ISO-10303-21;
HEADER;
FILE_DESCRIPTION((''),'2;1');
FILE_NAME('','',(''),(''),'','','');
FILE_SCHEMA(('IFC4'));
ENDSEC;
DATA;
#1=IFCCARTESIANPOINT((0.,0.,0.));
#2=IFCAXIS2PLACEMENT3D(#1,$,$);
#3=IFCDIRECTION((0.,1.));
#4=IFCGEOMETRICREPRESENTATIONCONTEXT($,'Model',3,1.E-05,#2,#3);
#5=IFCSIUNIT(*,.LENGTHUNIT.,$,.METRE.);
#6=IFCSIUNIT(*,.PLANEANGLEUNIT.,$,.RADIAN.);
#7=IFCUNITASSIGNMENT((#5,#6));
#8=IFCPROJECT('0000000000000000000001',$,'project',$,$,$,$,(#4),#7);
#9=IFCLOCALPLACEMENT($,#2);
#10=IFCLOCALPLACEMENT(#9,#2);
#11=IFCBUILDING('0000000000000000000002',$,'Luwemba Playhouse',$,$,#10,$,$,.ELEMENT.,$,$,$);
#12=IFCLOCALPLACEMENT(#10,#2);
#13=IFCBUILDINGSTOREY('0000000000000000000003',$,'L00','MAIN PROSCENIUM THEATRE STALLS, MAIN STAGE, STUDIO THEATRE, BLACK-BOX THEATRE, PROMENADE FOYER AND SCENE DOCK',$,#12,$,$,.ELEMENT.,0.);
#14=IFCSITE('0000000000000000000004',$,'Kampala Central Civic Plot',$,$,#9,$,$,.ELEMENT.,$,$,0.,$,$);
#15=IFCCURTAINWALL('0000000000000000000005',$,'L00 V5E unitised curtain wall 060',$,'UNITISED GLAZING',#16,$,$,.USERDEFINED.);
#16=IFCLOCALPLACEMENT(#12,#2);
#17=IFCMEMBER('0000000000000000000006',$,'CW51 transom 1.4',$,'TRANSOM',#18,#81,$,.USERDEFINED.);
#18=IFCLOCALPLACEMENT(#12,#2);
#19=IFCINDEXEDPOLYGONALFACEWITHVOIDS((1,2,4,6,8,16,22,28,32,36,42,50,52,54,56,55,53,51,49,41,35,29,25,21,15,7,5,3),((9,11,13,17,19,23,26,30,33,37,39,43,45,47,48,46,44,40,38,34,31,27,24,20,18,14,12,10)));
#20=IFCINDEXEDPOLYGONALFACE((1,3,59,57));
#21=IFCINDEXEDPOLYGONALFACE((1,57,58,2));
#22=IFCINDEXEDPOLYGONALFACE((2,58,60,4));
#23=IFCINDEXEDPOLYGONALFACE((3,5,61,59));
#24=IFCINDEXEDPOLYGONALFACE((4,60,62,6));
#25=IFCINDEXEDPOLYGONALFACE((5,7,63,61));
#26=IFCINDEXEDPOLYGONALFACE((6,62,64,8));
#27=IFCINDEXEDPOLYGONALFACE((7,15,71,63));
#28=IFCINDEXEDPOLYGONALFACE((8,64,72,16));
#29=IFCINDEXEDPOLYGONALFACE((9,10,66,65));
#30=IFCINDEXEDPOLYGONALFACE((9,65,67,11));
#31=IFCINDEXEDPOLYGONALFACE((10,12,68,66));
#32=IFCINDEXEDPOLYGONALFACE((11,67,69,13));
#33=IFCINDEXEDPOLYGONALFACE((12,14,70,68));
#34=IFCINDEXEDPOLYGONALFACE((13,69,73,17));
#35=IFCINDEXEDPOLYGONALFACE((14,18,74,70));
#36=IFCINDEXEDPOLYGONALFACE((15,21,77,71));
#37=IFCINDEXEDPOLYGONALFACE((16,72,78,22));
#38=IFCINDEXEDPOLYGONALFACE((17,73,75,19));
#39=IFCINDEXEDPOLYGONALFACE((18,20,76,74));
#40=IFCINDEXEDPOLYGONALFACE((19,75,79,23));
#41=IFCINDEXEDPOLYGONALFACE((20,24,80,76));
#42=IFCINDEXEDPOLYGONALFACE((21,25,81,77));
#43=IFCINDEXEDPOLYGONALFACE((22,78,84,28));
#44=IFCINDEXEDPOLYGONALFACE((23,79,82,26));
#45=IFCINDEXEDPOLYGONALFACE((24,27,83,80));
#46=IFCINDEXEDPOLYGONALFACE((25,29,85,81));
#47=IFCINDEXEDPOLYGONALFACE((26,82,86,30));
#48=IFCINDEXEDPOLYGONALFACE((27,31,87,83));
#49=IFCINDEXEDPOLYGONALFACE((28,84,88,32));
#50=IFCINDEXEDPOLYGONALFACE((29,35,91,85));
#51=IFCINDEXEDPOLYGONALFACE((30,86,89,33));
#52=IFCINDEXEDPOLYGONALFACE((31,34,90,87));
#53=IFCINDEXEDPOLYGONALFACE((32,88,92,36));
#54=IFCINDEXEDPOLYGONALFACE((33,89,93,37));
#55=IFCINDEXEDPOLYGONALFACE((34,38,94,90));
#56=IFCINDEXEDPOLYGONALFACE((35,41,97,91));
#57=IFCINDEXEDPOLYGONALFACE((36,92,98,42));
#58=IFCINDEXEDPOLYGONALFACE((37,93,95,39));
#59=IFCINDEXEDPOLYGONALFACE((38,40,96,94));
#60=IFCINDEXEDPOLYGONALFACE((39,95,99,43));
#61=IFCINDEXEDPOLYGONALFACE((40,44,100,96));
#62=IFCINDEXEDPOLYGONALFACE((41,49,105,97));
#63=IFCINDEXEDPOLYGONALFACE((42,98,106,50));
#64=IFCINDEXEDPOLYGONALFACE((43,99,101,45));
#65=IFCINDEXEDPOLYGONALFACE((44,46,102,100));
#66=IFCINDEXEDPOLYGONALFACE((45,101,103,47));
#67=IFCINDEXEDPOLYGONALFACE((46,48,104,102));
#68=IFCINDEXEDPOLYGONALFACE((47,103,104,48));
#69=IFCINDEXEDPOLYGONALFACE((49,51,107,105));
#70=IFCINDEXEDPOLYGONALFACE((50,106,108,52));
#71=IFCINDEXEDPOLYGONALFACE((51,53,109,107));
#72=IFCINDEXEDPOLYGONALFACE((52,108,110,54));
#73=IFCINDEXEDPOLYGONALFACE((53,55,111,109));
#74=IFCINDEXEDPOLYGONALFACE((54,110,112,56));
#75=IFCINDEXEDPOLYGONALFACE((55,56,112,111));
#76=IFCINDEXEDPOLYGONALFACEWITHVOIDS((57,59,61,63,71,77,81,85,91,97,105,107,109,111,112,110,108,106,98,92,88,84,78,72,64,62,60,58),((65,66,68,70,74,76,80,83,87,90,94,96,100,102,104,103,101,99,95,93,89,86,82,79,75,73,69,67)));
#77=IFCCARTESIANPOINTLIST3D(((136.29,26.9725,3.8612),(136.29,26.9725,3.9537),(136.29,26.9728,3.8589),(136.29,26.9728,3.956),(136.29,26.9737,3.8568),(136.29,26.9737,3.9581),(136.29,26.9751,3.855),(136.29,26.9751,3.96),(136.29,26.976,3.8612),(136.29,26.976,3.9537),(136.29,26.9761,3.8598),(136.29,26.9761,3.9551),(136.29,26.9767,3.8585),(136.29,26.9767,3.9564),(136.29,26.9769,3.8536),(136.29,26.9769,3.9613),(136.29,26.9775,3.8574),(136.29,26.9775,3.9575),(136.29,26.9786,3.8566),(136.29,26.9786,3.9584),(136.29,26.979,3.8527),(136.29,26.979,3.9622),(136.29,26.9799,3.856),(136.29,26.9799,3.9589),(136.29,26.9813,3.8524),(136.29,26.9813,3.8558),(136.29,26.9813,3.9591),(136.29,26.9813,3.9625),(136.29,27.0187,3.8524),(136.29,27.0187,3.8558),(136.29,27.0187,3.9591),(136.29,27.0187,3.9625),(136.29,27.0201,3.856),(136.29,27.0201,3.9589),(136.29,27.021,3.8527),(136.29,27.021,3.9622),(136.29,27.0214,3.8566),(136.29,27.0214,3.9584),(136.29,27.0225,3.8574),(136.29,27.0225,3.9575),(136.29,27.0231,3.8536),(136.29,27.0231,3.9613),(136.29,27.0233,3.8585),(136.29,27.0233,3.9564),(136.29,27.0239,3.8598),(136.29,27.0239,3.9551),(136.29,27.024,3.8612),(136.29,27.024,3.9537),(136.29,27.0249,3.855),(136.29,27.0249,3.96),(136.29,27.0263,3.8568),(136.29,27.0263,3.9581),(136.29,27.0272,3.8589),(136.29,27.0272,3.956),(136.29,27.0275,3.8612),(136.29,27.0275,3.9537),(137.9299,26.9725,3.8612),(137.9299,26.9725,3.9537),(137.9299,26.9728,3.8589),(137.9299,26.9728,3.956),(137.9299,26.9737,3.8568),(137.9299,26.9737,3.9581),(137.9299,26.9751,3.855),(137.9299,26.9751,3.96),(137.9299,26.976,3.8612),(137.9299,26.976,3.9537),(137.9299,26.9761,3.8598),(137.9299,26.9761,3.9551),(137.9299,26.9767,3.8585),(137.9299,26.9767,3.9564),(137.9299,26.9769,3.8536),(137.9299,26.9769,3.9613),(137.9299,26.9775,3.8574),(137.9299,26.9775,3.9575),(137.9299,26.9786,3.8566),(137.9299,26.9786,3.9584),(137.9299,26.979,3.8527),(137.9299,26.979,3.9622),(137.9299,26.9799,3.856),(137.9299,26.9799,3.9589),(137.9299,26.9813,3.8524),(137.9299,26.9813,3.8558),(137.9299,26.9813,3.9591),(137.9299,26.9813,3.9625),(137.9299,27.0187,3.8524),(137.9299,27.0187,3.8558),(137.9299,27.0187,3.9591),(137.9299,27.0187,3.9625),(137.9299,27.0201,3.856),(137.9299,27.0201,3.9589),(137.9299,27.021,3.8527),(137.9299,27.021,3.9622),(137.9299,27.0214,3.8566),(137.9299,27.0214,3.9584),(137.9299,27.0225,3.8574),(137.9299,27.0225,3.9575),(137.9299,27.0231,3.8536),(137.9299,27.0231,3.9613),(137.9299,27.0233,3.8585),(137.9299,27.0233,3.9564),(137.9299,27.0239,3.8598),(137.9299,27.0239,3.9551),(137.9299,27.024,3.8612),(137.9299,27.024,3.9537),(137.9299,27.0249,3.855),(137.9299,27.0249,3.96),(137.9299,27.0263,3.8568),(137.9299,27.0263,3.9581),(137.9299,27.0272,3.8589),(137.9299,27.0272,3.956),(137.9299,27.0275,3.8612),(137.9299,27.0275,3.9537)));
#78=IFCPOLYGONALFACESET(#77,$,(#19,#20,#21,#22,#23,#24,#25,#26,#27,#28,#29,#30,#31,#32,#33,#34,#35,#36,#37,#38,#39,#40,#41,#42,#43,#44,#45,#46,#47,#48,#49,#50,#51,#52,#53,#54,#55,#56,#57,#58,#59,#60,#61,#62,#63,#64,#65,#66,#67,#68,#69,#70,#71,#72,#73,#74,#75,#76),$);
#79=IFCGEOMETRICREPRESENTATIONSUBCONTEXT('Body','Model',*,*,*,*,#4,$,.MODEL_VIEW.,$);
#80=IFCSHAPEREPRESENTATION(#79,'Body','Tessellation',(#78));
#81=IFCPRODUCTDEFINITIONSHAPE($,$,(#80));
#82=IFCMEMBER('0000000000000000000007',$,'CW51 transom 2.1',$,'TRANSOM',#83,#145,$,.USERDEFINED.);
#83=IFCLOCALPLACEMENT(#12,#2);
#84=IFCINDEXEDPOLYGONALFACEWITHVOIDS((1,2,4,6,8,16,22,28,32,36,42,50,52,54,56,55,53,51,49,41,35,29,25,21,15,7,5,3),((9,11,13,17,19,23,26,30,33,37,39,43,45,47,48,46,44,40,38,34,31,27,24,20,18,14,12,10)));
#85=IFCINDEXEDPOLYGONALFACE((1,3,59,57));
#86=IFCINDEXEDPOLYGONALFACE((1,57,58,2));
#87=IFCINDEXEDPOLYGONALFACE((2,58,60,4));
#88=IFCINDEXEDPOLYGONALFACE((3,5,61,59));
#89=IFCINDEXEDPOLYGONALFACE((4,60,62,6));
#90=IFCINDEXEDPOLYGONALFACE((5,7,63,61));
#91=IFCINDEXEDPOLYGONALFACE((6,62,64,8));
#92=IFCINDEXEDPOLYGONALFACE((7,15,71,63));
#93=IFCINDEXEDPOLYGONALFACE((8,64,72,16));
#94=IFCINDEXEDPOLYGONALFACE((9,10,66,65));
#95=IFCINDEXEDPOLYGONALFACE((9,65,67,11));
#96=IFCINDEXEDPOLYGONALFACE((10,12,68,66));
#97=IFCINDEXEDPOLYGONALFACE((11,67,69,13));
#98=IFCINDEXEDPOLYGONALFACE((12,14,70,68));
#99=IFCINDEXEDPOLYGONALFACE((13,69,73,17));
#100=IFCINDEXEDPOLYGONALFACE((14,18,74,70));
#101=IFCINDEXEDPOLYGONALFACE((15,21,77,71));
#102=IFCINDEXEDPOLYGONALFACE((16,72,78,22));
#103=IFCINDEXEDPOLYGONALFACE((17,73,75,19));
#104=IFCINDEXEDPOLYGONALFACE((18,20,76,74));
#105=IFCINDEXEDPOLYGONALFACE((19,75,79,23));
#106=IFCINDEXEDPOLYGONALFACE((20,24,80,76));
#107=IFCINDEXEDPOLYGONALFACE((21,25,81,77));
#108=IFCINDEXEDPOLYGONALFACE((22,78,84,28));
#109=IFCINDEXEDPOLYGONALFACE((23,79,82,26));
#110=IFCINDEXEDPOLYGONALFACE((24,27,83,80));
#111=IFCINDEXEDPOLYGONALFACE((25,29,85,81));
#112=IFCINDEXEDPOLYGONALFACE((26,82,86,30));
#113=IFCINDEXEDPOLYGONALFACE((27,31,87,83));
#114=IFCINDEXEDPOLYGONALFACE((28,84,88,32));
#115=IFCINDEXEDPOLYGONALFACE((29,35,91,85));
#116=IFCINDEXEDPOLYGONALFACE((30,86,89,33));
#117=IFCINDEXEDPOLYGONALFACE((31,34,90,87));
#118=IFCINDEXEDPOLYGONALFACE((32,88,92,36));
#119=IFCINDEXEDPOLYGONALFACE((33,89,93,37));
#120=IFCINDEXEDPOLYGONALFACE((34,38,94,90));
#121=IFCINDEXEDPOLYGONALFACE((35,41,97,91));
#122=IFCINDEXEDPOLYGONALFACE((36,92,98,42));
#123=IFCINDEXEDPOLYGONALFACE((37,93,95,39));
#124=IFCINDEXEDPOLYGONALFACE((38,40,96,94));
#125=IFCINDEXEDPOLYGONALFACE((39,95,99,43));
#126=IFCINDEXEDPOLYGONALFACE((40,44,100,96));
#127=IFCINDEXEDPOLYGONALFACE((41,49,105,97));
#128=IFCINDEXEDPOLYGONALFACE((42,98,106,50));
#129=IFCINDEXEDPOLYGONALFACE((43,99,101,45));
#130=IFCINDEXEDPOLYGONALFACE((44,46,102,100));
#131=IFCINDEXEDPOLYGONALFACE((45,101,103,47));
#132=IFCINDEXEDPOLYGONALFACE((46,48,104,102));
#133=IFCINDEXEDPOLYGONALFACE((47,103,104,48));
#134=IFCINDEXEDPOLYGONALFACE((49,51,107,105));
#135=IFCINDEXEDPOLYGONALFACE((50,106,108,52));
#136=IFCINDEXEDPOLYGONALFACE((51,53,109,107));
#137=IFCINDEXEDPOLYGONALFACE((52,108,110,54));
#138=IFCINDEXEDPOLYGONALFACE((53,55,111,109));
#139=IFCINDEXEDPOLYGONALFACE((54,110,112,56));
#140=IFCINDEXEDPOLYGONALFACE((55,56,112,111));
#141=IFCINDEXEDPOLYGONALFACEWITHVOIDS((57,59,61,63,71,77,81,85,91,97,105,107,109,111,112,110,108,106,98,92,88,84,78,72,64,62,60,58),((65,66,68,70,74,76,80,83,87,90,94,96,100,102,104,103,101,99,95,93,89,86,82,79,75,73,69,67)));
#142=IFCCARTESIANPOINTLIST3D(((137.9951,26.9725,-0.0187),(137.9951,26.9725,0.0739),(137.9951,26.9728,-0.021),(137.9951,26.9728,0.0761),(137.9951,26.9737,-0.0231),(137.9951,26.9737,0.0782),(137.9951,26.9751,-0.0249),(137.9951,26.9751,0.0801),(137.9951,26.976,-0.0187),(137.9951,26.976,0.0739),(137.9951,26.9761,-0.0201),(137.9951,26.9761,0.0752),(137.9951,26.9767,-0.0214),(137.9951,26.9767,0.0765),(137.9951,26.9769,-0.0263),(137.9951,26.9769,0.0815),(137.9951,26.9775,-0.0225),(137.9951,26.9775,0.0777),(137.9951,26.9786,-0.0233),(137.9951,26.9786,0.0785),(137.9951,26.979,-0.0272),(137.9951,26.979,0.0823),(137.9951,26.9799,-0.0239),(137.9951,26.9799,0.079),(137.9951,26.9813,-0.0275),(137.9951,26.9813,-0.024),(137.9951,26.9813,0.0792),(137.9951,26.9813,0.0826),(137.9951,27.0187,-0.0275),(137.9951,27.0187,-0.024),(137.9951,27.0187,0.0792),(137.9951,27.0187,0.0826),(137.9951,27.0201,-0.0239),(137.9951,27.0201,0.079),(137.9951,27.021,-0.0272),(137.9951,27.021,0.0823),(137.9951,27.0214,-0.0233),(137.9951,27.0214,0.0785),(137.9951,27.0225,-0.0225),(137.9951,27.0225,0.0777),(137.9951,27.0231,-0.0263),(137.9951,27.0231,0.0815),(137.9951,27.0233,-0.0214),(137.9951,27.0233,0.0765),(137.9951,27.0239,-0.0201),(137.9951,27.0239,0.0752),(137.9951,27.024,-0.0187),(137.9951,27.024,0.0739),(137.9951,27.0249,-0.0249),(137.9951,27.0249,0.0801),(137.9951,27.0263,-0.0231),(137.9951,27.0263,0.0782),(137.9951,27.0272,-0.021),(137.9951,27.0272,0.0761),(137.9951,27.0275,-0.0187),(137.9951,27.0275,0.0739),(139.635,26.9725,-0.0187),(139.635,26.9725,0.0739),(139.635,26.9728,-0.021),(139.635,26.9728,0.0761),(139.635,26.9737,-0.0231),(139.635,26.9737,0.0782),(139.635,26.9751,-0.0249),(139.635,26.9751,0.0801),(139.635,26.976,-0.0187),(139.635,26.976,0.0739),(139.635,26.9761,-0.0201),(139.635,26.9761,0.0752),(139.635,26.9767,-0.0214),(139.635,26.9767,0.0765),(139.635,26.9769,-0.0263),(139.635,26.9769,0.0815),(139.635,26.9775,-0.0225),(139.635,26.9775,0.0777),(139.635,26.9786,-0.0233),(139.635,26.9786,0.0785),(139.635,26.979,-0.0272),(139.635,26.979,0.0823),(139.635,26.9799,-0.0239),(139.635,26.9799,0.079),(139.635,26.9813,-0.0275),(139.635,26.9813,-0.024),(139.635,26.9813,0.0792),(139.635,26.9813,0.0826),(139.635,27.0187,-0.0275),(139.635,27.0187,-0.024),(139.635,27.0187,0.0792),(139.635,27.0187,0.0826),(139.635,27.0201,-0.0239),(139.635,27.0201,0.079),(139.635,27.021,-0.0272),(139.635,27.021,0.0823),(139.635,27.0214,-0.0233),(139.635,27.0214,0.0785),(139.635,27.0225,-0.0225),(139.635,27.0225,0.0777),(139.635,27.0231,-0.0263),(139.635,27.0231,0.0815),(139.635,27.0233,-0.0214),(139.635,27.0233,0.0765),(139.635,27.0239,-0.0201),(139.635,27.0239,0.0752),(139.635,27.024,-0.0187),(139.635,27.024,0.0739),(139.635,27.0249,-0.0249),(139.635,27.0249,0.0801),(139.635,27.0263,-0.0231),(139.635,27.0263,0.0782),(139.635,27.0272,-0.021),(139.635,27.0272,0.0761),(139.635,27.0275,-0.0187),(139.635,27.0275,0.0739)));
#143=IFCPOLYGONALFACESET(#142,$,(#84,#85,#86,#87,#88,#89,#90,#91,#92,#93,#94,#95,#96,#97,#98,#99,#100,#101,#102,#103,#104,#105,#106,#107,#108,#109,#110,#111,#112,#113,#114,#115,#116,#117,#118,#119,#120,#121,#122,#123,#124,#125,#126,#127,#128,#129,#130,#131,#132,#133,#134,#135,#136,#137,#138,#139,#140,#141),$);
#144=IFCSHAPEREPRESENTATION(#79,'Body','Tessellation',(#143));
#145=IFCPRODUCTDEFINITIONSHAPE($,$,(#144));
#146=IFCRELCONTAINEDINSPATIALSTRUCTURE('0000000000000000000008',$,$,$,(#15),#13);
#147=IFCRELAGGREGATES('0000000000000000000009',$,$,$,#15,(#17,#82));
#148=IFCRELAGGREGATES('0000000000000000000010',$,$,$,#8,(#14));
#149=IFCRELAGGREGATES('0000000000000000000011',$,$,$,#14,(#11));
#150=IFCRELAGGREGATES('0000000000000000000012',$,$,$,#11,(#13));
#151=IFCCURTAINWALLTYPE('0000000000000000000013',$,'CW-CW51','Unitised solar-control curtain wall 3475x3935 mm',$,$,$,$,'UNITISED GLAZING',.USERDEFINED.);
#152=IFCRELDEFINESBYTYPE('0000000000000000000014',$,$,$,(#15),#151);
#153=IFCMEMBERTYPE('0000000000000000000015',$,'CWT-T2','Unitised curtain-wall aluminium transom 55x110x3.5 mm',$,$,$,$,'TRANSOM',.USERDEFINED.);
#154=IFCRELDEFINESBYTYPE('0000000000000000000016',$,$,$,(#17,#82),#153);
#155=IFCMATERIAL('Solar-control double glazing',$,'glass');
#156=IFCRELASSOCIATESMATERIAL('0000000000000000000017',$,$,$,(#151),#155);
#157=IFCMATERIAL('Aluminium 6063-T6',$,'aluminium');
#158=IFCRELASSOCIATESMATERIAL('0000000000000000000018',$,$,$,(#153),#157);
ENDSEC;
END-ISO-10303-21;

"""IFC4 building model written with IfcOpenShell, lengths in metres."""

from ifc_helpers import new_model, si_unit, direction, frame, origin, origin_2d, place, context, subcontext, project, spatial, hollow_rectangle, extrude, material, material_profile, profile_set, type_object, element, aggregate, save


model = new_model("IFC4")

# Units and contexts
model_context = context("Model", 3, precision=1e-05, world=origin(), true_north=direction((0.0, 1.0)))
body_context = subcontext(model_context, "Body", "Model", "MODEL_VIEW")
ifc_project = project(units=[si_unit("LENGTHUNIT", "METRE"), si_unit("PLANEANGLEUNIT", "RADIAN")], contexts=[model_context])

# Site, building, storey
site_placement = place(None, origin())
site = spatial("IfcSite", under=ifc_project, at=site_placement, Name="Kampala Central Civic Plot", CompositionType="ELEMENT", RefElevation=0.0)
building_placement = place(site_placement, origin())
building = spatial("IfcBuilding", under=site, at=building_placement, Name="Luwemba Playhouse", CompositionType="ELEMENT")
storey_placement = place(building_placement, origin())
storey = spatial("IfcBuildingStorey", under=building, at=storey_placement, Name="L00", Description="MAIN PROSCENIUM THEATRE STALLS, MAIN STAGE, STUDIO THEATRE, BLACK-BOX THEATRE, PROMENADE FOYER AND SCENE DOCK", CompositionType="ELEMENT", Elevation=0.0)

# Curtain wall
ifc_material_1 = material(Name="Solar-control double glazing", Category="glass")
curtain_wall_type_1 = type_object("IfcCurtainWallType", Name="CW-CW51", Description="Unitised solar-control curtain wall 3475x3935 mm", ElementType="UNITISED GLAZING", PredefinedType="USERDEFINED", material=ifc_material_1)
curtain_wall_1_placement = place(storey_placement, origin())
curtain_wall_1 = element("IfcCurtainWall", 1, at=curtain_wall_1_placement, inside=storey, type_object=curtain_wall_type_1, Name="L00 V5E unitised curtain wall 060", ObjectType="UNITISED GLAZING", PredefinedType="USERDEFINED")
ifc_material_2 = material(Name="Aluminium 6063-T6", Category="aluminium")

# Members
ifc_material_profile_1 = material_profile(ifc_material_2, hollow_rectangle(XDim=0.0549, YDim=0.1101, WallThickness=0.0034, InnerFilletRadius=0.0054, OuterFilletRadius=0.0088, at=origin_2d()))
ifc_profile_set_1 = profile_set([ifc_material_profile_1], Name="Aluminium 6063-T6")
member_type_1 = type_object("IfcMemberType", Name="CWT-T2", Description="Unitised curtain-wall aluminium transom 55x110x3.5 mm", ElementType="TRANSOM", PredefinedType="USERDEFINED", material=ifc_profile_set_1)
member_1_placement = place(storey_placement, frame((136.29, 27.0, 3.9075), z_axis=(1.0, 0.0, 0.0), x_axis=(0.0, 1.0, 0.0)))
member_1 = element("IfcMember", 2, at=member_1_placement, type_object=member_type_1, Name="CW51 transom 1.4", ObjectType="TRANSOM", PredefinedType="USERDEFINED", context=body_context, shape_type="SweptSolid", body=[
    extrude(hollow_rectangle(XDim=0.0549, YDim=0.1101, WallThickness=0.0034, InnerFilletRadius=0.0054, OuterFilletRadius=0.0088, at=origin_2d()), origin(), (0.0, 0.0, 1.0), 1.6399),
])
member_2_placement = place(storey_placement, frame((137.9951, 27.0, 0.0276), z_axis=(1.0, 0.0, 0.0), x_axis=(0.0, 1.0, 0.0)))
member_2 = element("IfcMember", 3, at=member_2_placement, type_object=member_type_1, Name="CW51 transom 2.1", ObjectType="TRANSOM", PredefinedType="USERDEFINED", context=body_context, shape_type="SweptSolid", body=[
    extrude(hollow_rectangle(XDim=0.0549, YDim=0.1101, WallThickness=0.0034, InnerFilletRadius=0.0054, OuterFilletRadius=0.0088, at=origin_2d()), origin(), (0.0, 0.0, 1.0), 1.6399),
])

aggregate(curtain_wall_1, [member_1, member_2])

save(model, "model.ifc")
